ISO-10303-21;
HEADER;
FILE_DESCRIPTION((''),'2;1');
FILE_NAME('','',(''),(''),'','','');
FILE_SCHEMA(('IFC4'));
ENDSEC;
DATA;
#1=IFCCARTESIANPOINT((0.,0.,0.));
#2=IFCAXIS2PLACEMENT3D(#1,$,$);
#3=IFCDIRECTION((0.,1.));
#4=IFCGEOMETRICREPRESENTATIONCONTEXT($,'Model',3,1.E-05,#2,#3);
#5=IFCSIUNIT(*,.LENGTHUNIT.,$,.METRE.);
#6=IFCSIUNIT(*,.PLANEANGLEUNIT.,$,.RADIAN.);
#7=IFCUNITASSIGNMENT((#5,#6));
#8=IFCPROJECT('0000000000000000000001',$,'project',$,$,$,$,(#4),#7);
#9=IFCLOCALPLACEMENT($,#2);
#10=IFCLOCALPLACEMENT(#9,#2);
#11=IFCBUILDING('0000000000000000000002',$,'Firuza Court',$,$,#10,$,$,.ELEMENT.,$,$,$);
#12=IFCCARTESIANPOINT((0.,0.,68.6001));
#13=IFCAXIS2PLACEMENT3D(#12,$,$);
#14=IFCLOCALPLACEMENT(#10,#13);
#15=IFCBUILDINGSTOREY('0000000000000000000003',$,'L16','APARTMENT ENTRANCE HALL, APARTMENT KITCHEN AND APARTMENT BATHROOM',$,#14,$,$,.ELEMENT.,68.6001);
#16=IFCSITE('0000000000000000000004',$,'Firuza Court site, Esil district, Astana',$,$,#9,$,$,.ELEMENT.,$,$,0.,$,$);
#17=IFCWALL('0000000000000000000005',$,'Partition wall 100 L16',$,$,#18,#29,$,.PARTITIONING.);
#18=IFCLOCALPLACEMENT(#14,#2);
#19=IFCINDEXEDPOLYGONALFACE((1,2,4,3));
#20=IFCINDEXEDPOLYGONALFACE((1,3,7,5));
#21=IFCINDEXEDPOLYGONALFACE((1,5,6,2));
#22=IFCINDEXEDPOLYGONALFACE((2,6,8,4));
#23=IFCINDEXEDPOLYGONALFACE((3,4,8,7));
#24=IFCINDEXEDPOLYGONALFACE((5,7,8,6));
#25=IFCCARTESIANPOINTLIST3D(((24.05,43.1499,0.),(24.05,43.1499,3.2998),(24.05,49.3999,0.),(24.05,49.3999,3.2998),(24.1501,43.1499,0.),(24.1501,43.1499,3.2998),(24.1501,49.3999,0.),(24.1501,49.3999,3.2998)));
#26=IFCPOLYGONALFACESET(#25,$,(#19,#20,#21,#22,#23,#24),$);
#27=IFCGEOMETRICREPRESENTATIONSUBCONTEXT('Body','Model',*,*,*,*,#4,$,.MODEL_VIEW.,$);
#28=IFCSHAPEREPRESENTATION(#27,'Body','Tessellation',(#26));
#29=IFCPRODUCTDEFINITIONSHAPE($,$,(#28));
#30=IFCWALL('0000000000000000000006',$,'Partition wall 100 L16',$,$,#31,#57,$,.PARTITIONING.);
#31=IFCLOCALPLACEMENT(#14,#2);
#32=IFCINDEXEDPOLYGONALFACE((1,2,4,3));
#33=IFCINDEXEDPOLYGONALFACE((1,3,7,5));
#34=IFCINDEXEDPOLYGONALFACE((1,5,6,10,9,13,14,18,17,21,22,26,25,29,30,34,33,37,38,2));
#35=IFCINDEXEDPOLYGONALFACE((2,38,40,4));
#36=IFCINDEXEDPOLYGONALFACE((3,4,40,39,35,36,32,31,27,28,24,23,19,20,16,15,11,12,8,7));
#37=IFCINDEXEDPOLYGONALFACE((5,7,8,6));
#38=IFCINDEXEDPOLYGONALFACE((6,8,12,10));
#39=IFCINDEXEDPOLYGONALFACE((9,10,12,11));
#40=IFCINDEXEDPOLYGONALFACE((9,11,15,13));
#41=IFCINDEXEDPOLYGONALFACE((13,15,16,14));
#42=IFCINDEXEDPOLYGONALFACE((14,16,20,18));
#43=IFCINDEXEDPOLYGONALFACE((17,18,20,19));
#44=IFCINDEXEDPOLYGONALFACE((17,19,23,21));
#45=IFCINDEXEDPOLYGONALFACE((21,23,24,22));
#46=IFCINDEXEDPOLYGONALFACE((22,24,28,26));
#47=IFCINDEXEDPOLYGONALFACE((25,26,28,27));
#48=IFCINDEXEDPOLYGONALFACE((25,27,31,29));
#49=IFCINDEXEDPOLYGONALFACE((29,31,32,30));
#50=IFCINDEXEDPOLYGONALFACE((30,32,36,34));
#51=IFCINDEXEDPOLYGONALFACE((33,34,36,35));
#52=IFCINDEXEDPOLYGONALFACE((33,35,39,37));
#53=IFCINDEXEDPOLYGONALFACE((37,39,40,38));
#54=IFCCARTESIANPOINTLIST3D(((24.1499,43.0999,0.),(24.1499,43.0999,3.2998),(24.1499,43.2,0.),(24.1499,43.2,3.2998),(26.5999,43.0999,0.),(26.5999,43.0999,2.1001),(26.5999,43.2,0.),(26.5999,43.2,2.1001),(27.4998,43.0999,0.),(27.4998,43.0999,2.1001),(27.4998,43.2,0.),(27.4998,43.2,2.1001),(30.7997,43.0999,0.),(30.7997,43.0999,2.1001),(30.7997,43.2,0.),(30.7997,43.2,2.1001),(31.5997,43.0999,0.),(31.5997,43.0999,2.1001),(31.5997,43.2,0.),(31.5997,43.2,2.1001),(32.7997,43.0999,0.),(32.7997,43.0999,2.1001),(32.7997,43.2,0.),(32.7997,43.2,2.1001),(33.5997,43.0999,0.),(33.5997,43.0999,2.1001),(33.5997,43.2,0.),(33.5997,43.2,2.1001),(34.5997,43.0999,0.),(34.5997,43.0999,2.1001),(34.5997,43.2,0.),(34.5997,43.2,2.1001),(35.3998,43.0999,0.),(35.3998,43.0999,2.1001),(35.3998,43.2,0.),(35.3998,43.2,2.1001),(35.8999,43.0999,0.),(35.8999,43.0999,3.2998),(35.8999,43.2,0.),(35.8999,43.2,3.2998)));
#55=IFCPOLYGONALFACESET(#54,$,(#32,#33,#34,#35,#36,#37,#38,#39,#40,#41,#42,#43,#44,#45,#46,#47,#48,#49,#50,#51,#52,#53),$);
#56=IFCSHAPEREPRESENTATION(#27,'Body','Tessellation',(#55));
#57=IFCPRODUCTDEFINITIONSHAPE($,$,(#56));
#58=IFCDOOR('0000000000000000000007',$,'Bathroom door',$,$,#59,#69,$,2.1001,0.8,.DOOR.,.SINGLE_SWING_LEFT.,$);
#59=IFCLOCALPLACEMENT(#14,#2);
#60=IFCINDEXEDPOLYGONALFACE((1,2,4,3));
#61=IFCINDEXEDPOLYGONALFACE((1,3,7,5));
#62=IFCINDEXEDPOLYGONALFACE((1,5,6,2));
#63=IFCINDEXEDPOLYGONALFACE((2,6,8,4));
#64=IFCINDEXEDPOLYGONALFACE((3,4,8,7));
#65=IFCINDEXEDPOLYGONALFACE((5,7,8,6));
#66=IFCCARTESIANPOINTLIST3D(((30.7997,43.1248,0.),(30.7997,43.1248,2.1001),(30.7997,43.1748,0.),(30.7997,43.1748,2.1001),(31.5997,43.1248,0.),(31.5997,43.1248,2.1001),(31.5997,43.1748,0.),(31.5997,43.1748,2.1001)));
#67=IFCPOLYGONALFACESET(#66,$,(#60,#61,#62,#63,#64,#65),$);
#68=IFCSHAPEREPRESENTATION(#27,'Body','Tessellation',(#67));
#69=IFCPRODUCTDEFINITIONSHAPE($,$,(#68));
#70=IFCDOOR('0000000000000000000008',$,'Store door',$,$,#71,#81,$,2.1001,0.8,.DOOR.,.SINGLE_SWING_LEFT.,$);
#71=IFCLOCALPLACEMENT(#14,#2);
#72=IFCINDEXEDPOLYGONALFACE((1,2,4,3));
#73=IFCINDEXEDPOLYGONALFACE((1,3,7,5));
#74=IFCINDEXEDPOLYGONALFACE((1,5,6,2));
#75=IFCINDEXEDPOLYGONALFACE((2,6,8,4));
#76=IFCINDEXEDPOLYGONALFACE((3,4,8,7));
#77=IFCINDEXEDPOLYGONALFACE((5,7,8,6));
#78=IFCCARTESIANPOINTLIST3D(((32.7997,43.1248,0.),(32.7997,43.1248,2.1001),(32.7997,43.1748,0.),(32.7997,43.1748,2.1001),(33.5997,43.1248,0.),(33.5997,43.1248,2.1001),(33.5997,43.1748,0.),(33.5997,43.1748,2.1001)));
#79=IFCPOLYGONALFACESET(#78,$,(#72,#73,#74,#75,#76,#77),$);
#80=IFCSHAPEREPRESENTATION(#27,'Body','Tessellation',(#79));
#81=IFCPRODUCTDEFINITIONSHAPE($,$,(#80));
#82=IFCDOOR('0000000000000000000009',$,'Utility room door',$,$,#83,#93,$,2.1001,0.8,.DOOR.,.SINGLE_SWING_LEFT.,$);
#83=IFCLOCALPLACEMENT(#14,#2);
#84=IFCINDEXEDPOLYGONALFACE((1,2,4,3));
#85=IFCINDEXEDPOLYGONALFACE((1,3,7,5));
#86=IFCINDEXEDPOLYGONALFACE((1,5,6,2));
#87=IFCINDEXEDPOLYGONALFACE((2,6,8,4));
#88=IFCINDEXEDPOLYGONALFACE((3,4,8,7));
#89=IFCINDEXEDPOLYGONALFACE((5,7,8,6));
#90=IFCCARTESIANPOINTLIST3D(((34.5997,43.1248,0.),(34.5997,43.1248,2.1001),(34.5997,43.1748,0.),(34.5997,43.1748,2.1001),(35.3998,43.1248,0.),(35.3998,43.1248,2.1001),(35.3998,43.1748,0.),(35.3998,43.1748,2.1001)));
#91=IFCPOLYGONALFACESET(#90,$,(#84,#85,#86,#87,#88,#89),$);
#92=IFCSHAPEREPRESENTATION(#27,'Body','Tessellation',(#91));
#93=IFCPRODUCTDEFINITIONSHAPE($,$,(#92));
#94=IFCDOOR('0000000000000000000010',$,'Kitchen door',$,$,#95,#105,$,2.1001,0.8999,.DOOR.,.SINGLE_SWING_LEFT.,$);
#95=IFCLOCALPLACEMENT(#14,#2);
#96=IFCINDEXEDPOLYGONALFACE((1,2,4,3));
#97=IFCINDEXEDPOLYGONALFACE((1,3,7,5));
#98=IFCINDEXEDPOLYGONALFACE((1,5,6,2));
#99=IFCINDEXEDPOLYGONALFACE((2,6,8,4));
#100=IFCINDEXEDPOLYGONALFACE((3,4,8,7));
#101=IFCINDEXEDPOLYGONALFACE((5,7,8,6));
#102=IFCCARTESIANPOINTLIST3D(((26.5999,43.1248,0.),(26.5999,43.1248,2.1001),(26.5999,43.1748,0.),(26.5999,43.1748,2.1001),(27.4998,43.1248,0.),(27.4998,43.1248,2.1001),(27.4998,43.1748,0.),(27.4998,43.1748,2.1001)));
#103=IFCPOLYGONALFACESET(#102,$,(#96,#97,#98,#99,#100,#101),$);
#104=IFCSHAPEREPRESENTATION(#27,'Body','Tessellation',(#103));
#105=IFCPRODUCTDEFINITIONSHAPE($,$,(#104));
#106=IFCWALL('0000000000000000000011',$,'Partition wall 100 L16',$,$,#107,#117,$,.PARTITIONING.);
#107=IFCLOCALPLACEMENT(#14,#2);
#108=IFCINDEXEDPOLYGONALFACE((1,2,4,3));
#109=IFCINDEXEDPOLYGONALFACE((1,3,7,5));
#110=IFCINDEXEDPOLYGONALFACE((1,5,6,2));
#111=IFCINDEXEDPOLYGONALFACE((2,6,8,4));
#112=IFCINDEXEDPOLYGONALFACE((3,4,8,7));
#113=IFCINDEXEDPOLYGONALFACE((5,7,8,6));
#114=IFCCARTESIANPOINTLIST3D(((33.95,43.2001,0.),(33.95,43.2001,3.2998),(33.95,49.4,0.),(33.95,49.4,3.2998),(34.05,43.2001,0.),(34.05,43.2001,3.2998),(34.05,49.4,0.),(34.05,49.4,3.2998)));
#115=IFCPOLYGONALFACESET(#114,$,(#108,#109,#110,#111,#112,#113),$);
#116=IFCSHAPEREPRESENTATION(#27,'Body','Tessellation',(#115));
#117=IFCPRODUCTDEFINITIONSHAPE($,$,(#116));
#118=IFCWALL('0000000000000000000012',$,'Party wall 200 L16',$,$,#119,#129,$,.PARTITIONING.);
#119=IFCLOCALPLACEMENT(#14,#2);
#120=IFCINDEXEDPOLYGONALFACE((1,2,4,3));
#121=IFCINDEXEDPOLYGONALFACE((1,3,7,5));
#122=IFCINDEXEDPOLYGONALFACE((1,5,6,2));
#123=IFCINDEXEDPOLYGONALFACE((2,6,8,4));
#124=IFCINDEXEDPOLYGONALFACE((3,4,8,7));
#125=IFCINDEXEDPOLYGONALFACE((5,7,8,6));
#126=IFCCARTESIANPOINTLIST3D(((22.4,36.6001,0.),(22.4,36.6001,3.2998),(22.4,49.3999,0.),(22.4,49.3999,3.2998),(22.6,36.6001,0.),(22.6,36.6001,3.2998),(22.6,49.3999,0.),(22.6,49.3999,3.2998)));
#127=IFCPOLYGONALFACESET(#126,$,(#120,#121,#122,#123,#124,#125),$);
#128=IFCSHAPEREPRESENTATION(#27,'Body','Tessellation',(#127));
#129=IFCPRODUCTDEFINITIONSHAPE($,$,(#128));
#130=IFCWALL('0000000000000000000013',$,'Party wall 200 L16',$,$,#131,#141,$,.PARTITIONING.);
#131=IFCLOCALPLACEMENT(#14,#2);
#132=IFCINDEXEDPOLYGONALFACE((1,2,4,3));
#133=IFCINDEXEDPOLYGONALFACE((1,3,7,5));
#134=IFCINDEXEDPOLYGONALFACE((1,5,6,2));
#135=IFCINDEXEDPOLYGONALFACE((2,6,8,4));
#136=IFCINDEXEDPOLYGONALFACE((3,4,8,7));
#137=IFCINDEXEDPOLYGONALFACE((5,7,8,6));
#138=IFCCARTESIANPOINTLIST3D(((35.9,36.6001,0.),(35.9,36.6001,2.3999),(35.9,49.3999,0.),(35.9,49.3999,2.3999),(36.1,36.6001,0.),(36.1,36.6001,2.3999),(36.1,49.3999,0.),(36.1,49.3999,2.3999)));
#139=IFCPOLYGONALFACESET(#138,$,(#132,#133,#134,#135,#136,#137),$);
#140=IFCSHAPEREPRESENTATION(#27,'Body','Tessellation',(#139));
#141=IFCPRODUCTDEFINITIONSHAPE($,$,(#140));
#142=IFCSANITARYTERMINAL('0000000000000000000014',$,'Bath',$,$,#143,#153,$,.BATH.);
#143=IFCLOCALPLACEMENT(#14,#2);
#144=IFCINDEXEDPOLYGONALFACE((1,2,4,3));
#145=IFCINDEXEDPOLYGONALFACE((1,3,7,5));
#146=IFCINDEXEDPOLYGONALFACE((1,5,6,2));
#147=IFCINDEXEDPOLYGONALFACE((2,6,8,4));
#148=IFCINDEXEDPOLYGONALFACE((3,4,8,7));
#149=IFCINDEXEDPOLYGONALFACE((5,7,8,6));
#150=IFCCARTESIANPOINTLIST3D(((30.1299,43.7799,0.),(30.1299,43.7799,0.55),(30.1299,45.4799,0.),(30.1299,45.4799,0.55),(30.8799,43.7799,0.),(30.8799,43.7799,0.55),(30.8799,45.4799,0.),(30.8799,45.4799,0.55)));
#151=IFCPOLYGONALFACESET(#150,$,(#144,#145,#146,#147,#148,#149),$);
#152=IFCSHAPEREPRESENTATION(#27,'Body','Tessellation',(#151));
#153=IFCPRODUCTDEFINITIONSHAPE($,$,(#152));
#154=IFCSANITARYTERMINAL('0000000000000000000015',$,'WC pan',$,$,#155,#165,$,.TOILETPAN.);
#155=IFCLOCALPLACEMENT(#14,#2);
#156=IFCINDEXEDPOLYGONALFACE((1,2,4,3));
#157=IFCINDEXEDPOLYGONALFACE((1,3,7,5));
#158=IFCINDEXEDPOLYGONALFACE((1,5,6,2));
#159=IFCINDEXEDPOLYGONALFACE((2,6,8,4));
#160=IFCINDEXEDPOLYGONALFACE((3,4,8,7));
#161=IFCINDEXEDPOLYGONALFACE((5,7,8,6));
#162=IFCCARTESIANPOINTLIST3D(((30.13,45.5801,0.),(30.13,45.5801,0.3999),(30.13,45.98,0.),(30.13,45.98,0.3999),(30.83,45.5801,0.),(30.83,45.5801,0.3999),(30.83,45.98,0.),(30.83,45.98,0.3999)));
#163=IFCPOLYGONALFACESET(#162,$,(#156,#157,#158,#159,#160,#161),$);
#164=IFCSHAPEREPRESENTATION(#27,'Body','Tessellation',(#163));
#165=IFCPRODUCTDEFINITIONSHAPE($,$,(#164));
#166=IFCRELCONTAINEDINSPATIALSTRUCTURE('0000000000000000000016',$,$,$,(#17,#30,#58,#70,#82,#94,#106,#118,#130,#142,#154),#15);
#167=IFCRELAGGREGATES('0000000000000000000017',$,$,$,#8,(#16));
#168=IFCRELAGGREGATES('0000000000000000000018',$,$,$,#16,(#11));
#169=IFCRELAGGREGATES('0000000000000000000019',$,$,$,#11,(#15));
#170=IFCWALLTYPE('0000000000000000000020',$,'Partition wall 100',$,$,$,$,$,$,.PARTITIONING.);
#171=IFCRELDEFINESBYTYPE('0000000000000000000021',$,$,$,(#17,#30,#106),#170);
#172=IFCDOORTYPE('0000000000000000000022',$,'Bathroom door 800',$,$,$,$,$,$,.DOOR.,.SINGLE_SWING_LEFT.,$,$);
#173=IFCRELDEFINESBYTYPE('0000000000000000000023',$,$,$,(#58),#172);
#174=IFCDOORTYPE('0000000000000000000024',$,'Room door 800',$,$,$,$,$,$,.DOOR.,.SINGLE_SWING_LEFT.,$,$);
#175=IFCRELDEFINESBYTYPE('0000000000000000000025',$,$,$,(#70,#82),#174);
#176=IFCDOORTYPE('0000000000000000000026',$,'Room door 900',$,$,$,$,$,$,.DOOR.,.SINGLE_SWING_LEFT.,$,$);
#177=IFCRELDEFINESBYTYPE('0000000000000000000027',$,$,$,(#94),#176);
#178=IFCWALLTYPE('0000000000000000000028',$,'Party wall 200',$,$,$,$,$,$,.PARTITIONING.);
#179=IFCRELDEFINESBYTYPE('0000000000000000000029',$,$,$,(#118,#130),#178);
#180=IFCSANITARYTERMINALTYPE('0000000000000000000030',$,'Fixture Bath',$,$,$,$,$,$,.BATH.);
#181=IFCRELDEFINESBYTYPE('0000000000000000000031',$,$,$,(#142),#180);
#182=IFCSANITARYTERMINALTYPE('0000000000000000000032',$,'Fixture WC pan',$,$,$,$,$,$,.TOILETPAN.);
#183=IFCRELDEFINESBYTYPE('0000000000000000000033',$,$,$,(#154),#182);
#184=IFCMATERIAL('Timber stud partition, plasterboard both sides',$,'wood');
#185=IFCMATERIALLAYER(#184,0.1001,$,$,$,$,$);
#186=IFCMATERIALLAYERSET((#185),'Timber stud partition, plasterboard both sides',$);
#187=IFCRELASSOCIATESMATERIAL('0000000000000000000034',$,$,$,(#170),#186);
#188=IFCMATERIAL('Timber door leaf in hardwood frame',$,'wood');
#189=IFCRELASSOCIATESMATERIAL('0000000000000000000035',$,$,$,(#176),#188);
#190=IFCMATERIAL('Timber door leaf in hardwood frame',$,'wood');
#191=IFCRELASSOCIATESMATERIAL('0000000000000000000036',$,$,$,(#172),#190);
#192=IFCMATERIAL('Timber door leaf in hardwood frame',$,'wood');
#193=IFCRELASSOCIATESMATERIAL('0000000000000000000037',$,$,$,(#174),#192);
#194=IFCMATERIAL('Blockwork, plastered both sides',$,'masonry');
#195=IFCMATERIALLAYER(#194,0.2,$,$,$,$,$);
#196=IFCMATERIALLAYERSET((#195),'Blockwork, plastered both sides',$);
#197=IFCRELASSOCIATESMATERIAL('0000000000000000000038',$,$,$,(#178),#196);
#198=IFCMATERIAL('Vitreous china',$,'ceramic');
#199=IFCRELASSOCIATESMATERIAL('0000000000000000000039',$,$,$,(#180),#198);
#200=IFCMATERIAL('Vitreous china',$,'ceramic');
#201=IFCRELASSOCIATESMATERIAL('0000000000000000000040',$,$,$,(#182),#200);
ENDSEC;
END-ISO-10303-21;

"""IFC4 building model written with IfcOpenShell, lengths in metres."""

from ifc_helpers import new_model, si_unit, direction, frame, frame_2d, origin, origin_2d, place, context, subcontext, project, spatial, rectangle, extrude, material, layer, layer_set, type_object, element, fill, save


model = new_model("IFC4")

# Units and contexts
model_context = context("Model", 3, precision=1e-05, world=origin(), true_north=direction((0.0, 1.0)))
body_context = subcontext(model_context, "Body", "Model", "MODEL_VIEW")
ifc_project = project(units=[si_unit("LENGTHUNIT", "METRE"), si_unit("PLANEANGLEUNIT", "RADIAN")], contexts=[model_context])

# Site, building, storey
site_placement = place(None, origin())
site = spatial("IfcSite", under=ifc_project, at=site_placement, Name="Firuza Court site, Esil district, Astana", CompositionType="ELEMENT", RefElevation=0.0)
building_placement = place(site_placement, origin())
building = spatial("IfcBuilding", under=site, at=building_placement, Name="Firuza Court", CompositionType="ELEMENT")
storey_placement = place(building_placement, frame((0.0, 0.0, 68.6001)))
storey = spatial("IfcBuildingStorey", under=building, at=storey_placement, Name="L16", Description="APARTMENT ENTRANCE HALL, APARTMENT KITCHEN AND APARTMENT BATHROOM", CompositionType="ELEMENT", Elevation=68.6001)

# Shared definitions
ifc_material_1 = material(Name="Timber stud partition, plasterboard both sides", Category="wood")
ifc_layer_1 = layer(ifc_material_1, 0.1001)
ifc_layer_set_1 = layer_set([ifc_layer_1], Name="Timber stud partition, plasterboard both sides")
wall_type_1 = type_object("IfcWallType", Name="Partition wall 100", PredefinedType="PARTITIONING", material=ifc_layer_set_1)

# Shared definitions
ifc_material_2 = material(Name="Timber door leaf in hardwood frame", Category="wood")
door_type_1 = type_object("IfcDoorType", Name="Room door 900", OperationType="SINGLE_SWING_LEFT", PredefinedType="DOOR", material=ifc_material_2)

# Wall
wall_1_placement = place(storey_placement, frame((24.1001, 43.1499, 0.0), z_axis=(0.0, 0.0, 1.0), x_axis=(0.0, 1.0, 0.0)))
element("IfcWall", 1, at=wall_1_placement, inside=storey, type_object=wall_type_1, Name="Partition wall 100 L16", PredefinedType="PARTITIONING", context=body_context, shape_type="SweptSolid", body=[
    extrude(rectangle(XDim=6.25, YDim=0.1001, at=frame_2d((3.125, 0.0))), origin(), (0.0, 0.0, 1.0), 3.2998),
])

# Wall, openings, doors
wall_2_placement = place(storey_placement, frame((24.1499, 43.1499, 0.0), z_axis=(0.0, 0.0, 1.0), x_axis=(1.0, 0.0, 0.0)))
wall_2 = element("IfcWall", 2, at=wall_2_placement, inside=storey, type_object=wall_type_1, Name="Partition wall 100 L16", PredefinedType="PARTITIONING", context=body_context, shape_type="SweptSolid", body=[
    extrude(rectangle(XDim=11.75, YDim=0.1001, at=frame_2d((5.875, 0.0))), origin(), (0.0, 0.0, 1.0), 3.2998),
])
opening_1_placement = place(wall_2_placement, frame((6.6499, 0.0, 0.0)))
opening_1 = element("IfcOpeningElement", 3, at=opening_1_placement, cuts=wall_2, PredefinedType="OPENING", context=body_context, shape_type="SweptSolid", body=[
    extrude(rectangle(XDim=0.8, YDim=2.1001, at=frame_2d((0.3999, 1.05))), frame((0.0, 0.062, 0.0), z_axis=(0.0, -1.0, 0.0), x_axis=(1.0, 0.0, 0.0)), (0.0, 0.0, 1.0), 0.124),
])
opening_2_placement = place(wall_2_placement, frame((2.45, 0.0, 0.0)))
opening_2 = element("IfcOpeningElement", 4, at=opening_2_placement, cuts=wall_2, PredefinedType="OPENING", context=body_context, shape_type="SweptSolid", body=[
    extrude(rectangle(XDim=0.8999, YDim=2.1001, at=frame_2d((0.45, 1.05))), frame((0.0, 0.062, 0.0), z_axis=(0.0, -1.0, 0.0), x_axis=(1.0, 0.0, 0.0)), (0.0, 0.0, 1.0), 0.124),
])
opening_3_placement = place(wall_2_placement, frame((8.6499, 0.0, 0.0)))
opening_3 = element("IfcOpeningElement", 5, at=opening_3_placement, cuts=wall_2, PredefinedType="OPENING", context=body_context, shape_type="SweptSolid", body=[
    extrude(rectangle(XDim=0.8, YDim=2.1001, at=frame_2d((0.3999, 1.05))), frame((0.0, 0.062, 0.0), z_axis=(0.0, -1.0, 0.0), x_axis=(1.0, 0.0, 0.0)), (0.0, 0.0, 1.0), 0.124),
])
opening_4_placement = place(wall_2_placement, frame((10.45, 0.0, 0.0)))
opening_4 = element("IfcOpeningElement", 6, at=opening_4_placement, cuts=wall_2, PredefinedType="OPENING", context=body_context, shape_type="SweptSolid", body=[
    extrude(rectangle(XDim=0.8, YDim=2.1001, at=frame_2d((0.3999, 1.05))), frame((0.0, 0.062, 0.0), z_axis=(0.0, -1.0, 0.0), x_axis=(1.0, 0.0, 0.0)), (0.0, 0.0, 1.0), 0.124),
])
ifc_material_3 = material(Name="Timber door leaf in hardwood frame", Category="wood")
door_type_2 = type_object("IfcDoorType", Name="Bathroom door 800", OperationType="SINGLE_SWING_LEFT", PredefinedType="DOOR", material=ifc_material_3)
door_1_placement = place(opening_1_placement, origin())
door_1 = element("IfcDoor", 7, at=door_1_placement, inside=storey, type_object=door_type_2, Name="Bathroom door", OperationType="SINGLE_SWING_LEFT", OverallHeight=2.1001, OverallWidth=0.8, PredefinedType="DOOR", context=body_context, shape_type="SweptSolid", body=[
    extrude(rectangle(XDim=0.8, YDim=2.1001, at=frame_2d((0.3999, 1.05))), frame((0.0, 0.0249, 0.0), z_axis=(0.0, -1.0, 0.0), x_axis=(1.0, 0.0, 0.0)), (0.0, 0.0, 1.0), 0.05),
])
fill(opening_1, door_1)
ifc_material_4 = material(Name="Timber door leaf in hardwood frame", Category="wood")
door_type_3 = type_object("IfcDoorType", Name="Room door 800", OperationType="SINGLE_SWING_LEFT", PredefinedType="DOOR", material=ifc_material_4)
door_2_placement = place(opening_3_placement, origin())
door_2 = element("IfcDoor", 8, at=door_2_placement, inside=storey, type_object=door_type_3, Name="Store door", OperationType="SINGLE_SWING_LEFT", OverallHeight=2.1001, OverallWidth=0.8, PredefinedType="DOOR", context=body_context, shape_type="SweptSolid", body=[
    extrude(rectangle(XDim=0.8, YDim=2.1001, at=frame_2d((0.3999, 1.05))), frame((0.0, 0.0249, 0.0), z_axis=(0.0, -1.0, 0.0), x_axis=(1.0, 0.0, 0.0)), (0.0, 0.0, 1.0), 0.05),
])
fill(opening_3, door_2)
door_3_placement = place(opening_4_placement, origin())
door_3 = element("IfcDoor", 9, at=door_3_placement, inside=storey, type_object=door_type_3, Name="Utility room door", OperationType="SINGLE_SWING_LEFT", OverallHeight=2.1001, OverallWidth=0.8, PredefinedType="DOOR", context=body_context, shape_type="SweptSolid", body=[
    extrude(rectangle(XDim=0.8, YDim=2.1001, at=frame_2d((0.3999, 1.05))), frame((0.0, 0.0249, 0.0), z_axis=(0.0, -1.0, 0.0), x_axis=(1.0, 0.0, 0.0)), (0.0, 0.0, 1.0), 0.05),
])
fill(opening_4, door_3)
door_4_placement = place(opening_2_placement, origin())
door_4 = element("IfcDoor", 10, at=door_4_placement, inside=storey, type_object=door_type_1, Name="Kitchen door", OperationType="SINGLE_SWING_LEFT", OverallHeight=2.1001, OverallWidth=0.8999, PredefinedType="DOOR", context=body_context, shape_type="SweptSolid", body=[
    extrude(rectangle(XDim=0.8999, YDim=2.1001, at=frame_2d((0.45, 1.05))), frame((0.0, 0.0249, 0.0), z_axis=(0.0, -1.0, 0.0), x_axis=(1.0, 0.0, 0.0)), (0.0, 0.0, 1.0), 0.05),
])
fill(opening_2, door_4)

# Walls
wall_3_placement = place(storey_placement, frame((34.0, 43.2, 0.0), z_axis=(0.0, 0.0, 1.0), x_axis=(0.0, 1.0, 0.0)))
element("IfcWall", 11, at=wall_3_placement, inside=storey, type_object=wall_type_1, Name="Partition wall 100 L16", PredefinedType="PARTITIONING", context=body_context, shape_type="SweptSolid", body=[
    extrude(rectangle(XDim=6.2, YDim=0.1001, at=frame_2d((3.1001, 0.0))), origin(), (0.0, 0.0, 1.0), 3.2998),
])
ifc_material_5 = material(Name="Blockwork, plastered both sides", Category="masonry")
ifc_layer_2 = layer(ifc_material_5, 0.2)
ifc_layer_set_2 = layer_set([ifc_layer_2], Name="Blockwork, plastered both sides")
wall_type_2 = type_object("IfcWallType", Name="Party wall 200", PredefinedType="PARTITIONING", material=ifc_layer_set_2)
wall_4_placement = place(storey_placement, frame((22.5, 36.6001, 0.0), z_axis=(0.0, 0.0, 1.0), x_axis=(0.0, 1.0, 0.0)))
element("IfcWall", 12, at=wall_4_placement, inside=storey, type_object=wall_type_2, Name="Party wall 200 L16", PredefinedType="PARTITIONING", context=body_context, shape_type="SweptSolid", body=[
    extrude(rectangle(XDim=12.7998, YDim=0.2, at=frame_2d((6.3999, 0.0))), origin(), (0.0, 0.0, 1.0), 3.2998),
])
wall_5_placement = place(storey_placement, frame((36.0, 36.6001, 0.0), z_axis=(0.0, 0.0, 1.0), x_axis=(0.0, 1.0, 0.0)))
element("IfcWall", 13, at=wall_5_placement, inside=storey, type_object=wall_type_2, Name="Party wall 200 L16", PredefinedType="PARTITIONING", context=body_context, shape_type="SweptSolid", body=[
    extrude(rectangle(XDim=12.7998, YDim=0.2, at=frame_2d((6.3999, 0.0))), origin(), (0.0, 0.0, 1.0), 2.3999),
])

# Sanitary terminals
ifc_material_6 = material(Name="Vitreous china", Category="ceramic")
sanitary_terminal_type_1 = type_object("IfcSanitaryTerminalType", Name="Fixture Bath", PredefinedType="BATH", material=ifc_material_6)
sanitary_terminal_1_placement = place(storey_placement, frame((30.5049, 44.6299, 0.0), z_axis=(0.0, 0.0, 1.0), x_axis=(1.0, 0.0, 0.0)))
element("IfcSanitaryTerminal", 14, at=sanitary_terminal_1_placement, inside=storey, type_object=sanitary_terminal_type_1, Name="Bath", PredefinedType="BATH", context=body_context, shape_type="SweptSolid", body=[
    extrude(rectangle(XDim=0.75, YDim=1.7, at=origin_2d()), origin(), (0.0, 0.0, 1.0), 0.55),
])
ifc_material_7 = material(Name="Vitreous china", Category="ceramic")
sanitary_terminal_type_2 = type_object("IfcSanitaryTerminalType", Name="Fixture WC pan", PredefinedType="TOILETPAN", material=ifc_material_7)
sanitary_terminal_2_placement = place(storey_placement, frame((30.48, 45.78, 0.0), z_axis=(0.0, 0.0, 1.0), x_axis=(1.0, 0.0, 0.0)))
element("IfcSanitaryTerminal", 15, at=sanitary_terminal_2_placement, inside=storey, type_object=sanitary_terminal_type_2, Name="WC pan", PredefinedType="TOILETPAN", context=body_context, shape_type="SweptSolid", body=[
    extrude(rectangle(XDim=0.7, YDim=0.3999, at=origin_2d()), origin(), (0.0, 0.0, 1.0), 0.3999),
])

save(model, "model.ifc")
